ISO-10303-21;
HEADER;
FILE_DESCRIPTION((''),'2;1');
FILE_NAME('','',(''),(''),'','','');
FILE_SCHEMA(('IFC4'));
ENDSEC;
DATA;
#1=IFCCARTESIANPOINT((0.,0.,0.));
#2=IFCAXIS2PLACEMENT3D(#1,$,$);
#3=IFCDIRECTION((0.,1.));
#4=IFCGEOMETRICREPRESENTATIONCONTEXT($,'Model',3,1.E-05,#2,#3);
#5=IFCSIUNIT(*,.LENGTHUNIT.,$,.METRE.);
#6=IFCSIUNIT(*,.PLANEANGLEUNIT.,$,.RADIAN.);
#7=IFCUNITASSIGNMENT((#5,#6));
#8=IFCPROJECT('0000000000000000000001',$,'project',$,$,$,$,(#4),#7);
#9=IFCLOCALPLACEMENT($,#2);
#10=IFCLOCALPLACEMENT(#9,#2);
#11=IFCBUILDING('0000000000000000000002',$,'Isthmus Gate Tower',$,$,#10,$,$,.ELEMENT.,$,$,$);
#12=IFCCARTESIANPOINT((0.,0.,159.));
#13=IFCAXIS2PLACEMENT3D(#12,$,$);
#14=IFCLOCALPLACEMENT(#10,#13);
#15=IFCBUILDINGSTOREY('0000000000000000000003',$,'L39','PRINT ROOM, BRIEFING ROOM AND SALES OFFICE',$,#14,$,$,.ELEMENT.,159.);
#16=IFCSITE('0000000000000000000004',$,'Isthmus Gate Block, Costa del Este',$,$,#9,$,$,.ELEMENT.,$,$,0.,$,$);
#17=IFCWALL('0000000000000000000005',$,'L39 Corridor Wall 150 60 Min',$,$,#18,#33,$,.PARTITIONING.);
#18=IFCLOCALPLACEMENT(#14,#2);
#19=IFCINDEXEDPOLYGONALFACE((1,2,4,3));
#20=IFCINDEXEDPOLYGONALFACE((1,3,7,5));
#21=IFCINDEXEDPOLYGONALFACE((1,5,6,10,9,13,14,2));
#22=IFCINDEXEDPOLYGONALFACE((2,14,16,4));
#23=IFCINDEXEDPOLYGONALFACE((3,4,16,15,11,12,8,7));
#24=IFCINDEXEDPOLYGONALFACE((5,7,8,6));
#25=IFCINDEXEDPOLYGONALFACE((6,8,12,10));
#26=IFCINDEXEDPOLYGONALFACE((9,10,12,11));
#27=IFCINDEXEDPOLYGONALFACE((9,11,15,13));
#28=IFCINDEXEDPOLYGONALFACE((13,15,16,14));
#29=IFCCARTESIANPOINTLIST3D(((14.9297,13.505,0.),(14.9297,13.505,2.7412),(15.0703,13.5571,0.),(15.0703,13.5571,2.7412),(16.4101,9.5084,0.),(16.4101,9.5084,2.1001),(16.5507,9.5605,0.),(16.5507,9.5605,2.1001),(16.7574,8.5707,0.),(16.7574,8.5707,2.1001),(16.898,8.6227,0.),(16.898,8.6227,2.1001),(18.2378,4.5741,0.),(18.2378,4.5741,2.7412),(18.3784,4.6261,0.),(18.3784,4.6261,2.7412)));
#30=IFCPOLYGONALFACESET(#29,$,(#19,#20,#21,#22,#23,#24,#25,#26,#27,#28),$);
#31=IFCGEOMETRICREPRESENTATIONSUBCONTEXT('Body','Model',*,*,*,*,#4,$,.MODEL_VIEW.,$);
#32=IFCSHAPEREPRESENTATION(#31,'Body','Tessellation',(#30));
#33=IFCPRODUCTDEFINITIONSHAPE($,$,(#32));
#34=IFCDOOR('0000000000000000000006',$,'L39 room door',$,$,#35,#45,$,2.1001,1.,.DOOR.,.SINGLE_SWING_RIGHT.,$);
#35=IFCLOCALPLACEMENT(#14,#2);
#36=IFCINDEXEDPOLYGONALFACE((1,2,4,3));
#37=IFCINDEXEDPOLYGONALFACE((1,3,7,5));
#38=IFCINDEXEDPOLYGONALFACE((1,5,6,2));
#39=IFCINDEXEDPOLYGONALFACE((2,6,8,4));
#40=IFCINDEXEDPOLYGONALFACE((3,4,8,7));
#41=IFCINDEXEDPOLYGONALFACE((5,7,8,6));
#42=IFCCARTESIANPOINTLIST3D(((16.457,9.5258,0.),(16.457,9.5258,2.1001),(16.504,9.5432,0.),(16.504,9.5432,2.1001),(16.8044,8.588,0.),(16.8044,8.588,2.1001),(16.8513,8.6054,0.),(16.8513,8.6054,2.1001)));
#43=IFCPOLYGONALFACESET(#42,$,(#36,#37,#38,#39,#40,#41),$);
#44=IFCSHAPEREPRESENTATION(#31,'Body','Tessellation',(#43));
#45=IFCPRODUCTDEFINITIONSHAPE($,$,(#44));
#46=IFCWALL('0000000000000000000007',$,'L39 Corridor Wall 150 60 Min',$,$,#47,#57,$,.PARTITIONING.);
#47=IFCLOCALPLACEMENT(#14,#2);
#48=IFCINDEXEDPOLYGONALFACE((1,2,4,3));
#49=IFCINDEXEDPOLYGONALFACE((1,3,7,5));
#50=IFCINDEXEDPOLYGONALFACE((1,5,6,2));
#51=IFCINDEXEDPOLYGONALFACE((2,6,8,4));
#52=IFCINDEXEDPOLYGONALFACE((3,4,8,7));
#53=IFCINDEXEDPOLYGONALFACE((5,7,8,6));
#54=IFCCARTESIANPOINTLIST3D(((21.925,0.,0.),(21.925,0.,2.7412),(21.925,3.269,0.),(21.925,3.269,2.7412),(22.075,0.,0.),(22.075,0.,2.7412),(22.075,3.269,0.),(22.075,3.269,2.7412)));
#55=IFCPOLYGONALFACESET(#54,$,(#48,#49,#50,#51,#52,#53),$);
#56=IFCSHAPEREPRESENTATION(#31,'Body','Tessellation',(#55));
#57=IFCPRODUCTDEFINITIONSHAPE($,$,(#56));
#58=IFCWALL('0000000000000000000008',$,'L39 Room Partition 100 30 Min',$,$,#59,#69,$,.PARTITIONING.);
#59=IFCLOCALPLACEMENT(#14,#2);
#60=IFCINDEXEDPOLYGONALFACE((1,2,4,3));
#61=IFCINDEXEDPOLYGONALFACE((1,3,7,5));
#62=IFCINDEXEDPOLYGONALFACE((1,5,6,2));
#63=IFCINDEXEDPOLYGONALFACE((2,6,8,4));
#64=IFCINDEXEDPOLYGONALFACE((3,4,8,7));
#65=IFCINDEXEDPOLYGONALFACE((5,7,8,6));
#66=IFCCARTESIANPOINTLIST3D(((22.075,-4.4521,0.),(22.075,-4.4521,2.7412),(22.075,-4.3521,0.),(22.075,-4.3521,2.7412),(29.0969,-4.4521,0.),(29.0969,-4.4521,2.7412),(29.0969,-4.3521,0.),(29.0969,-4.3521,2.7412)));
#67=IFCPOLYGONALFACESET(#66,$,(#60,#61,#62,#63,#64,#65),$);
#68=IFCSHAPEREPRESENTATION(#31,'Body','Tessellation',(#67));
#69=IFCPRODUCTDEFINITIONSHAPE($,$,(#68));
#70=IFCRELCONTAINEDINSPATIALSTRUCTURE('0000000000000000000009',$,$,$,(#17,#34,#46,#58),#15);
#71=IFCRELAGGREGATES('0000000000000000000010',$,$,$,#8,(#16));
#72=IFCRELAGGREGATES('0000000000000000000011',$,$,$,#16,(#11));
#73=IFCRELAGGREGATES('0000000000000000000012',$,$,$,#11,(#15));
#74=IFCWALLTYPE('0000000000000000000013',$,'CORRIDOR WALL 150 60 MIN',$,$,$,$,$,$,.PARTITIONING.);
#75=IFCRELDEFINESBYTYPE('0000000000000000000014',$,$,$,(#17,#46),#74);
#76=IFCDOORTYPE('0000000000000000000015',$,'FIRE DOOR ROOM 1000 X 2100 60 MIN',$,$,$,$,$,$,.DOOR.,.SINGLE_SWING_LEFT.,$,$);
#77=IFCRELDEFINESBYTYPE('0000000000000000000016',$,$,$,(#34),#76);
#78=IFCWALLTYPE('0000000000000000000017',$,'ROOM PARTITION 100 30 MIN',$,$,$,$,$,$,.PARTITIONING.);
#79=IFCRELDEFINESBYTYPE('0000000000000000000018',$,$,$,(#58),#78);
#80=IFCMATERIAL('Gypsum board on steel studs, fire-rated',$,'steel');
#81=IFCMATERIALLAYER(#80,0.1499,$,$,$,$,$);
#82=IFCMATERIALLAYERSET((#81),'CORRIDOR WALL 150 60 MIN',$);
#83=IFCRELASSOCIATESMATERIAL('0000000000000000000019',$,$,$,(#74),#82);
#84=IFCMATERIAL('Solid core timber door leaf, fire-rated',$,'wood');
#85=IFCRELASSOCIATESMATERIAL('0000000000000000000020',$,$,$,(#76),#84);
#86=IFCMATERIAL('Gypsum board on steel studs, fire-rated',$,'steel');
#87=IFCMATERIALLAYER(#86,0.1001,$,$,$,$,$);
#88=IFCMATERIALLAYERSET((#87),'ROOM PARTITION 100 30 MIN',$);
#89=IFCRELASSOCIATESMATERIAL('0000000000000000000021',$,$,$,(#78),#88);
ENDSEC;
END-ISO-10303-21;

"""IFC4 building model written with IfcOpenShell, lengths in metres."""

from ifc_helpers import new_model, si_unit, direction, frame, frame_2d, origin, place, context, subcontext, project, spatial, rectangle, extrude, material, layer, layer_set, type_object, element, fill, save


model = new_model("IFC4")

# Units and contexts
model_context = context("Model", 3, precision=1e-05, world=origin(), true_north=direction((0.0, 1.0)))
body_context = subcontext(model_context, "Body", "Model", "MODEL_VIEW")
ifc_project = project(units=[si_unit("LENGTHUNIT", "METRE"), si_unit("PLANEANGLEUNIT", "RADIAN")], contexts=[model_context])

# Site, building, storey
site_placement = place(None, origin())
site = spatial("IfcSite", under=ifc_project, at=site_placement, Name="Isthmus Gate Block, Costa del Este", CompositionType="ELEMENT", RefElevation=0.0)
building_placement = place(site_placement, origin())
building = spatial("IfcBuilding", under=site, at=building_placement, Name="Isthmus Gate Tower", CompositionType="ELEMENT")
storey_placement = place(building_placement, frame((0.0, 0.0, 159.0)))
storey = spatial("IfcBuildingStorey", under=building, at=storey_placement, Name="L39", Description="PRINT ROOM, BRIEFING ROOM AND SALES OFFICE", CompositionType="ELEMENT", Elevation=159.0)

# Shared definitions
ifc_material_1 = material(Name="Gypsum board on steel studs, fire-rated", Category="steel")
ifc_layer_1 = layer(ifc_material_1, 0.1499)
ifc_layer_set_1 = layer_set([ifc_layer_1], Name="CORRIDOR WALL 150 60 MIN")
wall_type_1 = type_object("IfcWallType", Name="CORRIDOR WALL 150 60 MIN", PredefinedType="PARTITIONING", material=ifc_layer_set_1)

# Wall, opening, door
wall_1_placement = place(storey_placement, frame((18.3081, 4.6001, 0.0), z_axis=(0.0, 0.0, 1.0), x_axis=(-0.347348, 0.937736, 0.0)))
wall_1 = element("IfcWall", 1, at=wall_1_placement, inside=storey, type_object=wall_type_1, Name="L39 Corridor Wall 150 60 Min", PredefinedType="PARTITIONING", context=body_context, shape_type="SweptSolid", body=[
    extrude(rectangle(XDim=9.5239, YDim=0.1499, at=frame_2d((4.762, 0.0))), origin(), (0.0, 0.0, 1.0), 2.7412),
])
opening_1_placement = place(wall_1_placement, frame((4.262, 0.0, 0.0)))
opening_1 = element("IfcOpeningElement", 2, at=opening_1_placement, cuts=wall_1, PredefinedType="OPENING", context=body_context, shape_type="SweptSolid", body=[
    extrude(rectangle(XDim=1.0, YDim=2.1001, at=frame_2d((0.5, 1.05))), frame((0.0, 0.085, 0.0), z_axis=(0.0, -1.0, 0.0), x_axis=(1.0, 0.0, 0.0)), (0.0, 0.0, 1.0), 0.1699),
])
ifc_material_2 = material(Name="Solid core timber door leaf, fire-rated", Category="wood")
door_type_1 = type_object("IfcDoorType", Name="FIRE DOOR ROOM 1000 X 2100 60 MIN", OperationType="SINGLE_SWING_LEFT", PredefinedType="DOOR", material=ifc_material_2)
door_1_placement = place(opening_1_placement, origin())
door_1 = element("IfcDoor", 3, at=door_1_placement, inside=storey, type_object=door_type_1, Name="L39 room door", OperationType="SINGLE_SWING_RIGHT", OverallHeight=2.1001, OverallWidth=1.0, PredefinedType="DOOR", context=body_context, shape_type="SweptSolid", body=[
    extrude(rectangle(XDim=1.0, YDim=2.1001, at=frame_2d((0.5, 1.05))), frame((0.0, 0.0249, 0.0), z_axis=(0.0, -1.0, 0.0), x_axis=(1.0, 0.0, 0.0)), (0.0, 0.0, 1.0), 0.05),
])
fill(opening_1, door_1)

# Walls
wall_2_placement = place(storey_placement, frame((22.0, 3.269, 0.0), z_axis=(0.0, 0.0, 1.0), x_axis=(0.0, -1.0, 0.0)))
element("IfcWall", 4, at=wall_2_placement, inside=storey, type_object=wall_type_1, Name="L39 Corridor Wall 150 60 Min", PredefinedType="PARTITIONING", context=body_context, shape_type="SweptSolid", body=[
    extrude(rectangle(XDim=3.269, YDim=0.1499, at=frame_2d((1.6345, 0.0))), origin(), (0.0, 0.0, 1.0), 2.7412),
])
ifc_material_3 = material(Name="Gypsum board on steel studs, fire-rated", Category="steel")
ifc_layer_2 = layer(ifc_material_3, 0.1001)
ifc_layer_set_2 = layer_set([ifc_layer_2], Name="ROOM PARTITION 100 30 MIN")
wall_type_2 = type_object("IfcWallType", Name="ROOM PARTITION 100 30 MIN", PredefinedType="PARTITIONING", material=ifc_layer_set_2)
wall_3_placement = place(storey_placement, frame((22.075, -4.4021, 0.0), z_axis=(0.0, 0.0, 1.0), x_axis=(1.0, 0.0, 0.0)))
element("IfcWall", 5, at=wall_3_placement, inside=storey, type_object=wall_type_2, Name="L39 Room Partition 100 30 Min", PredefinedType="PARTITIONING", context=body_context, shape_type="SweptSolid", body=[
    extrude(rectangle(XDim=7.022, YDim=0.1001, at=frame_2d((3.511, 0.0))), origin(), (0.0, 0.0, 1.0), 2.7412),
])

save(model, "model.ifc")
